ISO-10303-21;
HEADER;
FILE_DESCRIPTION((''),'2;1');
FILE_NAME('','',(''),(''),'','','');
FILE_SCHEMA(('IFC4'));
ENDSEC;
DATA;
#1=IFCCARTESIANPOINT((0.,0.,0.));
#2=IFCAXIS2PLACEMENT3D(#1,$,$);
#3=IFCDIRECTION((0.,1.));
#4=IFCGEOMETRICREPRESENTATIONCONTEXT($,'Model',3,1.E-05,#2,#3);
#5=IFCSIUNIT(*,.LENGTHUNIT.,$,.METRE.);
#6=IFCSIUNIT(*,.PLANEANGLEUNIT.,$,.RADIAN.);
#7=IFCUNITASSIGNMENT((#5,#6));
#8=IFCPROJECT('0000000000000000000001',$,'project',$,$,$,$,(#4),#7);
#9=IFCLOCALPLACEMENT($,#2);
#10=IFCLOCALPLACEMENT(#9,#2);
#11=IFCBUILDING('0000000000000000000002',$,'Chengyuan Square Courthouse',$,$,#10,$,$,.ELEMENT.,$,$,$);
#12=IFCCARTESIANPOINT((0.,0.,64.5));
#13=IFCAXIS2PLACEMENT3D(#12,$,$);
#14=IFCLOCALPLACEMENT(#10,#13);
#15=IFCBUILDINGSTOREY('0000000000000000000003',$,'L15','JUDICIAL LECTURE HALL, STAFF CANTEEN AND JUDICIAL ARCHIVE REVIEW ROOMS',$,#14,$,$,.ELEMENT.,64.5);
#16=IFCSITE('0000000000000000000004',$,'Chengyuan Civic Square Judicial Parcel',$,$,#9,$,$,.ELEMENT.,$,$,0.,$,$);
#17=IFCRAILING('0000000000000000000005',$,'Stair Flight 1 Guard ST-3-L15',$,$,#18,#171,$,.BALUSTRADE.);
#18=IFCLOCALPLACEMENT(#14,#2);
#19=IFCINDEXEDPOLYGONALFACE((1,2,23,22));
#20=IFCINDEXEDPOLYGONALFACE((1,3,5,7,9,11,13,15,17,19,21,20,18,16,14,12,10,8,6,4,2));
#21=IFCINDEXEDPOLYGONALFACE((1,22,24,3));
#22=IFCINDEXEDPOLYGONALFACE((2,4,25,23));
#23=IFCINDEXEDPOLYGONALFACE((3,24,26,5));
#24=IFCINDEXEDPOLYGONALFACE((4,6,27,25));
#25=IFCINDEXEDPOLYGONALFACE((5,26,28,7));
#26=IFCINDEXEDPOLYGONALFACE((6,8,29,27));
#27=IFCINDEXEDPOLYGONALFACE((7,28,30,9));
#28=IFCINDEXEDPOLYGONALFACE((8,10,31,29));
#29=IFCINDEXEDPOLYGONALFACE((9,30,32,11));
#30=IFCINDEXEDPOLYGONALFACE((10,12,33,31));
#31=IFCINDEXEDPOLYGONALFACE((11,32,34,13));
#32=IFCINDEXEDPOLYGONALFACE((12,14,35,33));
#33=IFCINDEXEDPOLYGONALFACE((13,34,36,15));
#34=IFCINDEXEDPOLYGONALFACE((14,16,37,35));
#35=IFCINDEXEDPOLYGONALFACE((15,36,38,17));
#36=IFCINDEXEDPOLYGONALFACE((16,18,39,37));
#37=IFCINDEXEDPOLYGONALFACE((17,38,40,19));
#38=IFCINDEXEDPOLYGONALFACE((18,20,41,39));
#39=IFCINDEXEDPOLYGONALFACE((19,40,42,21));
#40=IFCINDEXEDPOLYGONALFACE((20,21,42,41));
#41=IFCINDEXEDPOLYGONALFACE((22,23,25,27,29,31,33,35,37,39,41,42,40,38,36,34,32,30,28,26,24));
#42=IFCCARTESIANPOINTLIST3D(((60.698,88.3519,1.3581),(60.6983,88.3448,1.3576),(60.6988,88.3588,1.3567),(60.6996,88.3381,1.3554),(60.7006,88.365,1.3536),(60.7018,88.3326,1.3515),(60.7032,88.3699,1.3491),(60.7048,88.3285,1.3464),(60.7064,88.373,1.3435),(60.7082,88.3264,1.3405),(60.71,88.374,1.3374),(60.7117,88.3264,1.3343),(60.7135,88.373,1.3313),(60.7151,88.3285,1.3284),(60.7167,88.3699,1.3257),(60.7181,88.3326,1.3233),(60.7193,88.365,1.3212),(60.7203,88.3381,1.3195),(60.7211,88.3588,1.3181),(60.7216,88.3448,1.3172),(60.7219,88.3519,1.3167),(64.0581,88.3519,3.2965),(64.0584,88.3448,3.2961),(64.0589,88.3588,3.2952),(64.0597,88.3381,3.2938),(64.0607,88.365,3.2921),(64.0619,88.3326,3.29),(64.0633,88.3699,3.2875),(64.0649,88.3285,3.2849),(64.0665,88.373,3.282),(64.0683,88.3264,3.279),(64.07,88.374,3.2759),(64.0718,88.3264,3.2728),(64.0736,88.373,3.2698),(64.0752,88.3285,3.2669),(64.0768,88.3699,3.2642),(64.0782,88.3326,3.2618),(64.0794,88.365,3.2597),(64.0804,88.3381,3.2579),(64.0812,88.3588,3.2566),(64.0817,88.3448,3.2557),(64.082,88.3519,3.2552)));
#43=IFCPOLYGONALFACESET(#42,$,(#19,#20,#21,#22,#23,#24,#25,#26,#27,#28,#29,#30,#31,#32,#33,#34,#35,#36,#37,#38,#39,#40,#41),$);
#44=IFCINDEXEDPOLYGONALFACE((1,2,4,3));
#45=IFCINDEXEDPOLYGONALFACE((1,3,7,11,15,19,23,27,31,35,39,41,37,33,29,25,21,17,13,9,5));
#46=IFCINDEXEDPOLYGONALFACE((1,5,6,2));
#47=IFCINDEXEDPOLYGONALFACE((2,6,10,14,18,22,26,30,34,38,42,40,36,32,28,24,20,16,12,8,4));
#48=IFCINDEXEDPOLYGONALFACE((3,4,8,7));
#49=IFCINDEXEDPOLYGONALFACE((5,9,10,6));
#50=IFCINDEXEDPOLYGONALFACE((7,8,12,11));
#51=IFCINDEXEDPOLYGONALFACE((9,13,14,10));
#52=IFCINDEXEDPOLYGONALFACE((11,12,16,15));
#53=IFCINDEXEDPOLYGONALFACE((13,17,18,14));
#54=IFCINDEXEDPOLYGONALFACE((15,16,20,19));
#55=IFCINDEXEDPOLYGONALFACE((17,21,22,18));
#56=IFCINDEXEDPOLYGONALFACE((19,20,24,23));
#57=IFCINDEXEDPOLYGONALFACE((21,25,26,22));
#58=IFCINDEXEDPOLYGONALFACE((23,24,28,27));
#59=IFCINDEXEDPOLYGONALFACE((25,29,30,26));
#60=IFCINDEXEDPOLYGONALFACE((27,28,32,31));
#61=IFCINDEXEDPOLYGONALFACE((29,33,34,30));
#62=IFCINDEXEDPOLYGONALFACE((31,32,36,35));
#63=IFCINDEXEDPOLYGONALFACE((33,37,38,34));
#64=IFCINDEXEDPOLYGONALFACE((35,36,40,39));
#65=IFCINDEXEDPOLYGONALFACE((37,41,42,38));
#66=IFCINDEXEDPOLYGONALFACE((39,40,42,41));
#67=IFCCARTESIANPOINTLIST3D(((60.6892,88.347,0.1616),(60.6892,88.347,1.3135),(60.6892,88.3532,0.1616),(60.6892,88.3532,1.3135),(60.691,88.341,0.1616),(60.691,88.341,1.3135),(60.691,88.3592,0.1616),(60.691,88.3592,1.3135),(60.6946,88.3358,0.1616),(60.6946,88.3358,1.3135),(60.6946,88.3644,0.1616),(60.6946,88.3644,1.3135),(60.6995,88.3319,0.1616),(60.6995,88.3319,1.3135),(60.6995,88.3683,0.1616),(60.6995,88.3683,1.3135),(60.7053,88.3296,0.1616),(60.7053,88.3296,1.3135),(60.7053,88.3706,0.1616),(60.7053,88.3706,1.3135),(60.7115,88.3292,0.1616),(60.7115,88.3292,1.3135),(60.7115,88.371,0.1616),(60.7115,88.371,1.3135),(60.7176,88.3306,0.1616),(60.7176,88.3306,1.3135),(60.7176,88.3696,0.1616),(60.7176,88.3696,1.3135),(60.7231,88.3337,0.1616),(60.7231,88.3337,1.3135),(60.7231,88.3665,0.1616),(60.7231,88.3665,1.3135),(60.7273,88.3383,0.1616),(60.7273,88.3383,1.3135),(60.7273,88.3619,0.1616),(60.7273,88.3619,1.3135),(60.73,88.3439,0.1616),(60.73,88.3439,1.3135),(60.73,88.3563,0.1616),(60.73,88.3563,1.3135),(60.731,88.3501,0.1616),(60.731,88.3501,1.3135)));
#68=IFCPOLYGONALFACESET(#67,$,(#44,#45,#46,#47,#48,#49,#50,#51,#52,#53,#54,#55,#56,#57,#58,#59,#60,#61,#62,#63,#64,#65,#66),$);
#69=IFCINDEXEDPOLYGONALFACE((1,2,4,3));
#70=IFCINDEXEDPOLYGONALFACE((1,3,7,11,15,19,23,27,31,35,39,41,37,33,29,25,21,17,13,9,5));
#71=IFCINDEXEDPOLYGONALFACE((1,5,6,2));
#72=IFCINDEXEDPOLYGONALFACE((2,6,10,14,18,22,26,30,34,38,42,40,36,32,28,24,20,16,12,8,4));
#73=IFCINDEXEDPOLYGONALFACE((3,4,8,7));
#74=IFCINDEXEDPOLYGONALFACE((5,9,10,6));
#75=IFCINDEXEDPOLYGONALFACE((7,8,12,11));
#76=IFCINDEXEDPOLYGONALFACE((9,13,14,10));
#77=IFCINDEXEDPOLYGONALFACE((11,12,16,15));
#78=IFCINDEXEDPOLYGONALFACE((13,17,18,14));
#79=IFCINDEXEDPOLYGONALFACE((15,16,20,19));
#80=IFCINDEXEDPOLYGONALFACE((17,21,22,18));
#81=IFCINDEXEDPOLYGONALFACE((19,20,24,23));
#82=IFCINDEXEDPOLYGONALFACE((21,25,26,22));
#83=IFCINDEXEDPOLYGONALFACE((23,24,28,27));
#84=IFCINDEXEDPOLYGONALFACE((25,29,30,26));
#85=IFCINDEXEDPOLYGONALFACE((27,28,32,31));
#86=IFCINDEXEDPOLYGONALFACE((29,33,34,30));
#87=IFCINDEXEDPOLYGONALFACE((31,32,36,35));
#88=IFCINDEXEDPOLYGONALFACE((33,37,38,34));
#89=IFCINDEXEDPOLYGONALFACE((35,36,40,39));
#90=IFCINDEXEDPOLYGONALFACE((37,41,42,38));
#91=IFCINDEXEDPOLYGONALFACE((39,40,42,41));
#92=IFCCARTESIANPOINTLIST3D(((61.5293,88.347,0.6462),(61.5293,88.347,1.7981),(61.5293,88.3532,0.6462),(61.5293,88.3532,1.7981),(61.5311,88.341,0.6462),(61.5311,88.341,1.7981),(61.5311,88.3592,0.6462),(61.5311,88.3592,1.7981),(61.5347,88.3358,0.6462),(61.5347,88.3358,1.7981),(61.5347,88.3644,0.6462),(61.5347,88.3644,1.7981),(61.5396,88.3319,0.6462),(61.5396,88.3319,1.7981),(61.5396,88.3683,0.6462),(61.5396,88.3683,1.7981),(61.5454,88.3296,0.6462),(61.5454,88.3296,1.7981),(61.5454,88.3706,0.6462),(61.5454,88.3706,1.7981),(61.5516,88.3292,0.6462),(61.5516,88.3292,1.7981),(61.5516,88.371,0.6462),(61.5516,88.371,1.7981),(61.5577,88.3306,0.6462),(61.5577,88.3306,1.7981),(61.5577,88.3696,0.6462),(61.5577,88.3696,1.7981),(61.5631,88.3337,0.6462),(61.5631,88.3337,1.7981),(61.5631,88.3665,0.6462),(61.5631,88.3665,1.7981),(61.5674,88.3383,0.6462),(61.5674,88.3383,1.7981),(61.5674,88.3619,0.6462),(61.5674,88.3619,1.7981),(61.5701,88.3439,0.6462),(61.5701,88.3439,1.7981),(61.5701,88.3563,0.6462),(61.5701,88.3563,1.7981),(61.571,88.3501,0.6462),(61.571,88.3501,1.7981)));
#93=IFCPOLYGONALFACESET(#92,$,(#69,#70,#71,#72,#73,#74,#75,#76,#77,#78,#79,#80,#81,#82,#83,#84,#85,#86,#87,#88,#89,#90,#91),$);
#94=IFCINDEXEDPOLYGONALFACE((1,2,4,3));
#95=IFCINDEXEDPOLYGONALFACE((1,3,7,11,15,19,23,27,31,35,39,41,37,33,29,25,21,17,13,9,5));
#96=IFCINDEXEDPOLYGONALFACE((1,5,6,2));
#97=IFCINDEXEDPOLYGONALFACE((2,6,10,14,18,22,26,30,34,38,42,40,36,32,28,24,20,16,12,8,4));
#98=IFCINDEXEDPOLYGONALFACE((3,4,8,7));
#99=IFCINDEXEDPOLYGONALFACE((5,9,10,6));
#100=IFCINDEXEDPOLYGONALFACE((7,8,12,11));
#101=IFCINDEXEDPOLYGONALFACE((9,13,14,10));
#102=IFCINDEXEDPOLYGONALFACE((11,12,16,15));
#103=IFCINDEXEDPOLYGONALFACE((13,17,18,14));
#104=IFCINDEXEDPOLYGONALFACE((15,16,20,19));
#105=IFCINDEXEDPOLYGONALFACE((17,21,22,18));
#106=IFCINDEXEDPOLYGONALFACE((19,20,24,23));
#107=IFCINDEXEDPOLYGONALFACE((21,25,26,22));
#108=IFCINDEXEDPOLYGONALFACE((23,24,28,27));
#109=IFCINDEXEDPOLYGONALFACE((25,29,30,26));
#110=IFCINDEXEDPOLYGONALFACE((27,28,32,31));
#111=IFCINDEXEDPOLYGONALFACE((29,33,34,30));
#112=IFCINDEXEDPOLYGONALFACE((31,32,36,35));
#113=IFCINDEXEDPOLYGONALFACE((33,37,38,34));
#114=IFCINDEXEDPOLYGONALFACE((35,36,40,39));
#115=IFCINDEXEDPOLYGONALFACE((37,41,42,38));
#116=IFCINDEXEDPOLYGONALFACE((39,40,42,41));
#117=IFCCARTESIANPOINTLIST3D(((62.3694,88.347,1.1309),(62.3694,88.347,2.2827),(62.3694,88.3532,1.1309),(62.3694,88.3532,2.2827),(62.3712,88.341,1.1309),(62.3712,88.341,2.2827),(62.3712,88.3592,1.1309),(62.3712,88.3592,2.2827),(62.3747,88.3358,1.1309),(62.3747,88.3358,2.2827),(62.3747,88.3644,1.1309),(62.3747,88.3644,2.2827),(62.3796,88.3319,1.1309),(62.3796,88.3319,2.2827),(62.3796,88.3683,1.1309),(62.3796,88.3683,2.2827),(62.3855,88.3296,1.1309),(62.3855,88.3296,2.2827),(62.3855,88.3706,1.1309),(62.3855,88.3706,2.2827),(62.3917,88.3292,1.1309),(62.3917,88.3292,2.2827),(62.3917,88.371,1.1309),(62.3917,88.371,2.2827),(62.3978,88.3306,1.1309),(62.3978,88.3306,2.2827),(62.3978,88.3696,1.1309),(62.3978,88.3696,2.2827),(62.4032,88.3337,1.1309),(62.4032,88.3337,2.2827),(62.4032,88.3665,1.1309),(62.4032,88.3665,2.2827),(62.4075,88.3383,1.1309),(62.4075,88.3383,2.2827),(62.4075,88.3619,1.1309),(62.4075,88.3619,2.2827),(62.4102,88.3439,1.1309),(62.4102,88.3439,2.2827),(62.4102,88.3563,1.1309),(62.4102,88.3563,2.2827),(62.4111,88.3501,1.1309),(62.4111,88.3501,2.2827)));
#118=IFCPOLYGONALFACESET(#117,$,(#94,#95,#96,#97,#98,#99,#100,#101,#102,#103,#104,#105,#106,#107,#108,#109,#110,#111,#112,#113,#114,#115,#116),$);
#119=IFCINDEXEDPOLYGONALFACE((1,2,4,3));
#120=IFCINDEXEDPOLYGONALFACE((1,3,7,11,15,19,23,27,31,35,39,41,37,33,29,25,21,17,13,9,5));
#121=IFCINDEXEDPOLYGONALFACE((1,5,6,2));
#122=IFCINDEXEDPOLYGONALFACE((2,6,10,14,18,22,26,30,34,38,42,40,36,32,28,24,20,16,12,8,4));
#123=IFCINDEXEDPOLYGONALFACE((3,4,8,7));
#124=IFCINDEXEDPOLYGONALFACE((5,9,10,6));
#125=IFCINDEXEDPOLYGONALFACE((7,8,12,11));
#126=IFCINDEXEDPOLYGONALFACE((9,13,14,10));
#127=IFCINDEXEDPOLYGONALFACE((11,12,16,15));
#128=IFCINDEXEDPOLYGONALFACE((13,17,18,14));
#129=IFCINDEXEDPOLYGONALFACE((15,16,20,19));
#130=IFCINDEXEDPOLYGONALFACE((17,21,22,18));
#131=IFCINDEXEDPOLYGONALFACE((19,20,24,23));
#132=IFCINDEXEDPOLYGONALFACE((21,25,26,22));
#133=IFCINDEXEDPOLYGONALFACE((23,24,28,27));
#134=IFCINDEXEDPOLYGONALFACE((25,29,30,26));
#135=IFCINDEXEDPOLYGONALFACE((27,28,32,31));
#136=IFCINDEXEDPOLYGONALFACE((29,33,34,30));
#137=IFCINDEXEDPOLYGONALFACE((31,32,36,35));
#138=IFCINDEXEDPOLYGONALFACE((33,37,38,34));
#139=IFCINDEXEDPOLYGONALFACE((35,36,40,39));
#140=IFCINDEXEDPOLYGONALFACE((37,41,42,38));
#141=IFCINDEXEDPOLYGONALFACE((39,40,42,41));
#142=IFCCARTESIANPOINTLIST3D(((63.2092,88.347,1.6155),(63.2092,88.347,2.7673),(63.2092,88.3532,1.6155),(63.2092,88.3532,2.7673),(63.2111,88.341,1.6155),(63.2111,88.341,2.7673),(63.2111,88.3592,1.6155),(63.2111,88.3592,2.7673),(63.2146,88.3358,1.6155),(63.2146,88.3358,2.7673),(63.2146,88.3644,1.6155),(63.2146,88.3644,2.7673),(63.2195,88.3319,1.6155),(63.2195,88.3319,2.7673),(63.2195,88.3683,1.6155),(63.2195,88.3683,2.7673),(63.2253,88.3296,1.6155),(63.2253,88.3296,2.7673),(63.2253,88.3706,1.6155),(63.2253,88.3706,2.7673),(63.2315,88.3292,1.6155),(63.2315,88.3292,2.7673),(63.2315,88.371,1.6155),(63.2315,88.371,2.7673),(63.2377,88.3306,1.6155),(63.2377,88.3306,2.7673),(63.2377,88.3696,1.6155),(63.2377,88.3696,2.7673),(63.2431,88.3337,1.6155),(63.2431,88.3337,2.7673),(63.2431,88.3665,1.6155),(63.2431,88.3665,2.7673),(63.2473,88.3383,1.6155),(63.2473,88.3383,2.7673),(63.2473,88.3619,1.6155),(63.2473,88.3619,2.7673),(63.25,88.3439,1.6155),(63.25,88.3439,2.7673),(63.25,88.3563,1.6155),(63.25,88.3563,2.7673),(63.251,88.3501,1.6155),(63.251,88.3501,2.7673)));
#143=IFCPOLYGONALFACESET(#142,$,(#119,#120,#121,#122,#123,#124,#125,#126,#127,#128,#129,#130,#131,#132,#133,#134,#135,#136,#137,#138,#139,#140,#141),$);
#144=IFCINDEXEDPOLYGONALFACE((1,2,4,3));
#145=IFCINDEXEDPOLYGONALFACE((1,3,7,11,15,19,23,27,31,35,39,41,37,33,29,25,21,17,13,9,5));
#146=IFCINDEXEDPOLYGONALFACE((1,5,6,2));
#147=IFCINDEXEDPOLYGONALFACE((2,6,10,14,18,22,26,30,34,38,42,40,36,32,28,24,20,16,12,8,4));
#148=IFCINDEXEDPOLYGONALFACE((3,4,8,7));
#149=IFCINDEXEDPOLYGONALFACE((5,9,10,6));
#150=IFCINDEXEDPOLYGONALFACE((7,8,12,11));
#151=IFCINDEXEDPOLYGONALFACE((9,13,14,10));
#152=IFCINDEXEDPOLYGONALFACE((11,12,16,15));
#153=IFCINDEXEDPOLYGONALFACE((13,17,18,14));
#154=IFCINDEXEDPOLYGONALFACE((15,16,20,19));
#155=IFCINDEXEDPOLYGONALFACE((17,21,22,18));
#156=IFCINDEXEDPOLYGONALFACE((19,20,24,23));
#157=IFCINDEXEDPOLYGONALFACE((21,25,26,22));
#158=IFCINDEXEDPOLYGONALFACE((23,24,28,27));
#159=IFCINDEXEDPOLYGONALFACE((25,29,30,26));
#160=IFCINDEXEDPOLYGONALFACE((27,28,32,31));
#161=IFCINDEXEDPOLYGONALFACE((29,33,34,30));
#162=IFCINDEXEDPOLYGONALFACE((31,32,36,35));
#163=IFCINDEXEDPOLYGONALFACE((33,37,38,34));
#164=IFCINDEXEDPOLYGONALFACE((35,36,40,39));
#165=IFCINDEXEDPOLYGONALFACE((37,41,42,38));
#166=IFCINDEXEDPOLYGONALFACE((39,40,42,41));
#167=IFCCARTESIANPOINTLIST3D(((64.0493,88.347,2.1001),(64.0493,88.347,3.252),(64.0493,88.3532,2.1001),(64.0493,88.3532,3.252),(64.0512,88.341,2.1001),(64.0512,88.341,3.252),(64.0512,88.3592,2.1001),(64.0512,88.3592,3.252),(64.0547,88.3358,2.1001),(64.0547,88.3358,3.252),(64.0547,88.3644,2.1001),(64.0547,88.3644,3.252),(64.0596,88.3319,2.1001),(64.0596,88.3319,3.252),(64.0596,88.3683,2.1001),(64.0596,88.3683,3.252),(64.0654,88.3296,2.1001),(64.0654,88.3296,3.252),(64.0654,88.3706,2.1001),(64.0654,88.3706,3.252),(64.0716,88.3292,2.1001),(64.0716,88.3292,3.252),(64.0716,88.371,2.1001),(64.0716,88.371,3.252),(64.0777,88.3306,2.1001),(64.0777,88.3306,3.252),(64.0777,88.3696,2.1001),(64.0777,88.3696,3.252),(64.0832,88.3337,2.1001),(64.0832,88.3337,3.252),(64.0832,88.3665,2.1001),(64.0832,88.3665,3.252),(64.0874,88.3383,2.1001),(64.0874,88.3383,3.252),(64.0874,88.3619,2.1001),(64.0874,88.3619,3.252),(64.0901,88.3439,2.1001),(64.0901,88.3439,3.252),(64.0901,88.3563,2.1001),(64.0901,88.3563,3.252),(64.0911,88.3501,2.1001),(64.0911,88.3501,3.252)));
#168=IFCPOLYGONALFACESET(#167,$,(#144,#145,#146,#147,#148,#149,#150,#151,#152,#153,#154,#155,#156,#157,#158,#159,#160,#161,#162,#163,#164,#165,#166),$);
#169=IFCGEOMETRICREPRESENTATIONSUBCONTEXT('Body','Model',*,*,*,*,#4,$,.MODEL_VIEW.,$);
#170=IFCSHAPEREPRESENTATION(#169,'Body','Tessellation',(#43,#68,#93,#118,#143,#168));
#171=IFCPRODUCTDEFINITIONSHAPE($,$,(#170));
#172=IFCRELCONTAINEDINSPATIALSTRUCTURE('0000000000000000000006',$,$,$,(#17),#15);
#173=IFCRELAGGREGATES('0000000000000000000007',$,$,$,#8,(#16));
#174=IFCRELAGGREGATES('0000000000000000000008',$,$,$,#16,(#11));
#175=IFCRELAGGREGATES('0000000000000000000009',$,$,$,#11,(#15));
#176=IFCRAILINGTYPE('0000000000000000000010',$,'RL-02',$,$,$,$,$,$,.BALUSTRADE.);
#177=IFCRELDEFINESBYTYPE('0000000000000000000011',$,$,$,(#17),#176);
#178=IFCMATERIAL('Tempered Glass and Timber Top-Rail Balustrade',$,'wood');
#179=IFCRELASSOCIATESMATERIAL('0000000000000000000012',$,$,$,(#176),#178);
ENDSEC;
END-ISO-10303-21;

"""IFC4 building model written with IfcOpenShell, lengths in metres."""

from ifc_helpers import new_model, si_unit, direction, frame, origin, origin_2d, place, context, subcontext, project, spatial, circle, extrude, material, type_object, element, save


model = new_model("IFC4")

# Units and contexts
model_context = context("Model", 3, precision=1e-05, world=origin(), true_north=direction((0.0, 1.0)))
body_context = subcontext(model_context, "Body", "Model", "MODEL_VIEW")
ifc_project = project(units=[si_unit("LENGTHUNIT", "METRE"), si_unit("PLANEANGLEUNIT", "RADIAN")], contexts=[model_context])

# Site, building, storey
site_placement = place(None, origin())
site = spatial("IfcSite", under=ifc_project, at=site_placement, Name="Chengyuan Civic Square Judicial Parcel", CompositionType="ELEMENT", RefElevation=0.0)
building_placement = place(site_placement, origin())
building = spatial("IfcBuilding", under=site, at=building_placement, Name="Chengyuan Square Courthouse", CompositionType="ELEMENT")
storey_placement = place(building_placement, frame((0.0, 0.0, 64.5)))
storey = spatial("IfcBuildingStorey", under=building, at=storey_placement, Name="L15", Description="JUDICIAL LECTURE HALL, STAFF CANTEEN AND JUDICIAL ARCHIVE REVIEW ROOMS", CompositionType="ELEMENT", Elevation=64.5)

# Railing
ifc_material_1 = material(Name="Tempered Glass and Timber Top-Rail Balustrade", Category="wood")
railing_type_1 = type_object("IfcRailingType", Name="RL-02", PredefinedType="BALUSTRADE", material=ifc_material_1)
railing_1_placement = place(storey_placement, frame((60.71, 88.3501, 0.1616)))
element("IfcRailing", 1, at=railing_1_placement, inside=storey, type_object=railing_type_1, Name="Stair Flight 1 Guard ST-3-L15", PredefinedType="BALUSTRADE", context=body_context, shape_type="SweptSolid", body=[
    extrude(circle(Radius=0.0239, at=origin_2d()), frame((0.0, 0.0, 1.1758), z_axis=(0.866191, 0.0, 0.499713), x_axis=(0.0, 1.0, 0.0)), (0.0, 0.0, 1.0), 3.8792),
    extrude(circle(Radius=0.021, at=origin_2d()), origin(), (0.0, 0.0, 1.0), 1.1519),
    extrude(circle(Radius=0.021, at=origin_2d()), frame((0.8401, 0.0, 0.4846)), (0.0, 0.0, 1.0), 1.1519),
    extrude(circle(Radius=0.021, at=origin_2d()), frame((1.6802, 0.0, 0.9692)), (0.0, 0.0, 1.0), 1.1519),
    extrude(circle(Radius=0.021, at=origin_2d()), frame((2.52, 0.0, 1.4539)), (0.0, 0.0, 1.0), 1.1519),
    extrude(circle(Radius=0.021, at=origin_2d()), frame((3.3601, 0.0, 1.9385)), (0.0, 0.0, 1.0), 1.1519),
])

save(model, "model.ifc")
